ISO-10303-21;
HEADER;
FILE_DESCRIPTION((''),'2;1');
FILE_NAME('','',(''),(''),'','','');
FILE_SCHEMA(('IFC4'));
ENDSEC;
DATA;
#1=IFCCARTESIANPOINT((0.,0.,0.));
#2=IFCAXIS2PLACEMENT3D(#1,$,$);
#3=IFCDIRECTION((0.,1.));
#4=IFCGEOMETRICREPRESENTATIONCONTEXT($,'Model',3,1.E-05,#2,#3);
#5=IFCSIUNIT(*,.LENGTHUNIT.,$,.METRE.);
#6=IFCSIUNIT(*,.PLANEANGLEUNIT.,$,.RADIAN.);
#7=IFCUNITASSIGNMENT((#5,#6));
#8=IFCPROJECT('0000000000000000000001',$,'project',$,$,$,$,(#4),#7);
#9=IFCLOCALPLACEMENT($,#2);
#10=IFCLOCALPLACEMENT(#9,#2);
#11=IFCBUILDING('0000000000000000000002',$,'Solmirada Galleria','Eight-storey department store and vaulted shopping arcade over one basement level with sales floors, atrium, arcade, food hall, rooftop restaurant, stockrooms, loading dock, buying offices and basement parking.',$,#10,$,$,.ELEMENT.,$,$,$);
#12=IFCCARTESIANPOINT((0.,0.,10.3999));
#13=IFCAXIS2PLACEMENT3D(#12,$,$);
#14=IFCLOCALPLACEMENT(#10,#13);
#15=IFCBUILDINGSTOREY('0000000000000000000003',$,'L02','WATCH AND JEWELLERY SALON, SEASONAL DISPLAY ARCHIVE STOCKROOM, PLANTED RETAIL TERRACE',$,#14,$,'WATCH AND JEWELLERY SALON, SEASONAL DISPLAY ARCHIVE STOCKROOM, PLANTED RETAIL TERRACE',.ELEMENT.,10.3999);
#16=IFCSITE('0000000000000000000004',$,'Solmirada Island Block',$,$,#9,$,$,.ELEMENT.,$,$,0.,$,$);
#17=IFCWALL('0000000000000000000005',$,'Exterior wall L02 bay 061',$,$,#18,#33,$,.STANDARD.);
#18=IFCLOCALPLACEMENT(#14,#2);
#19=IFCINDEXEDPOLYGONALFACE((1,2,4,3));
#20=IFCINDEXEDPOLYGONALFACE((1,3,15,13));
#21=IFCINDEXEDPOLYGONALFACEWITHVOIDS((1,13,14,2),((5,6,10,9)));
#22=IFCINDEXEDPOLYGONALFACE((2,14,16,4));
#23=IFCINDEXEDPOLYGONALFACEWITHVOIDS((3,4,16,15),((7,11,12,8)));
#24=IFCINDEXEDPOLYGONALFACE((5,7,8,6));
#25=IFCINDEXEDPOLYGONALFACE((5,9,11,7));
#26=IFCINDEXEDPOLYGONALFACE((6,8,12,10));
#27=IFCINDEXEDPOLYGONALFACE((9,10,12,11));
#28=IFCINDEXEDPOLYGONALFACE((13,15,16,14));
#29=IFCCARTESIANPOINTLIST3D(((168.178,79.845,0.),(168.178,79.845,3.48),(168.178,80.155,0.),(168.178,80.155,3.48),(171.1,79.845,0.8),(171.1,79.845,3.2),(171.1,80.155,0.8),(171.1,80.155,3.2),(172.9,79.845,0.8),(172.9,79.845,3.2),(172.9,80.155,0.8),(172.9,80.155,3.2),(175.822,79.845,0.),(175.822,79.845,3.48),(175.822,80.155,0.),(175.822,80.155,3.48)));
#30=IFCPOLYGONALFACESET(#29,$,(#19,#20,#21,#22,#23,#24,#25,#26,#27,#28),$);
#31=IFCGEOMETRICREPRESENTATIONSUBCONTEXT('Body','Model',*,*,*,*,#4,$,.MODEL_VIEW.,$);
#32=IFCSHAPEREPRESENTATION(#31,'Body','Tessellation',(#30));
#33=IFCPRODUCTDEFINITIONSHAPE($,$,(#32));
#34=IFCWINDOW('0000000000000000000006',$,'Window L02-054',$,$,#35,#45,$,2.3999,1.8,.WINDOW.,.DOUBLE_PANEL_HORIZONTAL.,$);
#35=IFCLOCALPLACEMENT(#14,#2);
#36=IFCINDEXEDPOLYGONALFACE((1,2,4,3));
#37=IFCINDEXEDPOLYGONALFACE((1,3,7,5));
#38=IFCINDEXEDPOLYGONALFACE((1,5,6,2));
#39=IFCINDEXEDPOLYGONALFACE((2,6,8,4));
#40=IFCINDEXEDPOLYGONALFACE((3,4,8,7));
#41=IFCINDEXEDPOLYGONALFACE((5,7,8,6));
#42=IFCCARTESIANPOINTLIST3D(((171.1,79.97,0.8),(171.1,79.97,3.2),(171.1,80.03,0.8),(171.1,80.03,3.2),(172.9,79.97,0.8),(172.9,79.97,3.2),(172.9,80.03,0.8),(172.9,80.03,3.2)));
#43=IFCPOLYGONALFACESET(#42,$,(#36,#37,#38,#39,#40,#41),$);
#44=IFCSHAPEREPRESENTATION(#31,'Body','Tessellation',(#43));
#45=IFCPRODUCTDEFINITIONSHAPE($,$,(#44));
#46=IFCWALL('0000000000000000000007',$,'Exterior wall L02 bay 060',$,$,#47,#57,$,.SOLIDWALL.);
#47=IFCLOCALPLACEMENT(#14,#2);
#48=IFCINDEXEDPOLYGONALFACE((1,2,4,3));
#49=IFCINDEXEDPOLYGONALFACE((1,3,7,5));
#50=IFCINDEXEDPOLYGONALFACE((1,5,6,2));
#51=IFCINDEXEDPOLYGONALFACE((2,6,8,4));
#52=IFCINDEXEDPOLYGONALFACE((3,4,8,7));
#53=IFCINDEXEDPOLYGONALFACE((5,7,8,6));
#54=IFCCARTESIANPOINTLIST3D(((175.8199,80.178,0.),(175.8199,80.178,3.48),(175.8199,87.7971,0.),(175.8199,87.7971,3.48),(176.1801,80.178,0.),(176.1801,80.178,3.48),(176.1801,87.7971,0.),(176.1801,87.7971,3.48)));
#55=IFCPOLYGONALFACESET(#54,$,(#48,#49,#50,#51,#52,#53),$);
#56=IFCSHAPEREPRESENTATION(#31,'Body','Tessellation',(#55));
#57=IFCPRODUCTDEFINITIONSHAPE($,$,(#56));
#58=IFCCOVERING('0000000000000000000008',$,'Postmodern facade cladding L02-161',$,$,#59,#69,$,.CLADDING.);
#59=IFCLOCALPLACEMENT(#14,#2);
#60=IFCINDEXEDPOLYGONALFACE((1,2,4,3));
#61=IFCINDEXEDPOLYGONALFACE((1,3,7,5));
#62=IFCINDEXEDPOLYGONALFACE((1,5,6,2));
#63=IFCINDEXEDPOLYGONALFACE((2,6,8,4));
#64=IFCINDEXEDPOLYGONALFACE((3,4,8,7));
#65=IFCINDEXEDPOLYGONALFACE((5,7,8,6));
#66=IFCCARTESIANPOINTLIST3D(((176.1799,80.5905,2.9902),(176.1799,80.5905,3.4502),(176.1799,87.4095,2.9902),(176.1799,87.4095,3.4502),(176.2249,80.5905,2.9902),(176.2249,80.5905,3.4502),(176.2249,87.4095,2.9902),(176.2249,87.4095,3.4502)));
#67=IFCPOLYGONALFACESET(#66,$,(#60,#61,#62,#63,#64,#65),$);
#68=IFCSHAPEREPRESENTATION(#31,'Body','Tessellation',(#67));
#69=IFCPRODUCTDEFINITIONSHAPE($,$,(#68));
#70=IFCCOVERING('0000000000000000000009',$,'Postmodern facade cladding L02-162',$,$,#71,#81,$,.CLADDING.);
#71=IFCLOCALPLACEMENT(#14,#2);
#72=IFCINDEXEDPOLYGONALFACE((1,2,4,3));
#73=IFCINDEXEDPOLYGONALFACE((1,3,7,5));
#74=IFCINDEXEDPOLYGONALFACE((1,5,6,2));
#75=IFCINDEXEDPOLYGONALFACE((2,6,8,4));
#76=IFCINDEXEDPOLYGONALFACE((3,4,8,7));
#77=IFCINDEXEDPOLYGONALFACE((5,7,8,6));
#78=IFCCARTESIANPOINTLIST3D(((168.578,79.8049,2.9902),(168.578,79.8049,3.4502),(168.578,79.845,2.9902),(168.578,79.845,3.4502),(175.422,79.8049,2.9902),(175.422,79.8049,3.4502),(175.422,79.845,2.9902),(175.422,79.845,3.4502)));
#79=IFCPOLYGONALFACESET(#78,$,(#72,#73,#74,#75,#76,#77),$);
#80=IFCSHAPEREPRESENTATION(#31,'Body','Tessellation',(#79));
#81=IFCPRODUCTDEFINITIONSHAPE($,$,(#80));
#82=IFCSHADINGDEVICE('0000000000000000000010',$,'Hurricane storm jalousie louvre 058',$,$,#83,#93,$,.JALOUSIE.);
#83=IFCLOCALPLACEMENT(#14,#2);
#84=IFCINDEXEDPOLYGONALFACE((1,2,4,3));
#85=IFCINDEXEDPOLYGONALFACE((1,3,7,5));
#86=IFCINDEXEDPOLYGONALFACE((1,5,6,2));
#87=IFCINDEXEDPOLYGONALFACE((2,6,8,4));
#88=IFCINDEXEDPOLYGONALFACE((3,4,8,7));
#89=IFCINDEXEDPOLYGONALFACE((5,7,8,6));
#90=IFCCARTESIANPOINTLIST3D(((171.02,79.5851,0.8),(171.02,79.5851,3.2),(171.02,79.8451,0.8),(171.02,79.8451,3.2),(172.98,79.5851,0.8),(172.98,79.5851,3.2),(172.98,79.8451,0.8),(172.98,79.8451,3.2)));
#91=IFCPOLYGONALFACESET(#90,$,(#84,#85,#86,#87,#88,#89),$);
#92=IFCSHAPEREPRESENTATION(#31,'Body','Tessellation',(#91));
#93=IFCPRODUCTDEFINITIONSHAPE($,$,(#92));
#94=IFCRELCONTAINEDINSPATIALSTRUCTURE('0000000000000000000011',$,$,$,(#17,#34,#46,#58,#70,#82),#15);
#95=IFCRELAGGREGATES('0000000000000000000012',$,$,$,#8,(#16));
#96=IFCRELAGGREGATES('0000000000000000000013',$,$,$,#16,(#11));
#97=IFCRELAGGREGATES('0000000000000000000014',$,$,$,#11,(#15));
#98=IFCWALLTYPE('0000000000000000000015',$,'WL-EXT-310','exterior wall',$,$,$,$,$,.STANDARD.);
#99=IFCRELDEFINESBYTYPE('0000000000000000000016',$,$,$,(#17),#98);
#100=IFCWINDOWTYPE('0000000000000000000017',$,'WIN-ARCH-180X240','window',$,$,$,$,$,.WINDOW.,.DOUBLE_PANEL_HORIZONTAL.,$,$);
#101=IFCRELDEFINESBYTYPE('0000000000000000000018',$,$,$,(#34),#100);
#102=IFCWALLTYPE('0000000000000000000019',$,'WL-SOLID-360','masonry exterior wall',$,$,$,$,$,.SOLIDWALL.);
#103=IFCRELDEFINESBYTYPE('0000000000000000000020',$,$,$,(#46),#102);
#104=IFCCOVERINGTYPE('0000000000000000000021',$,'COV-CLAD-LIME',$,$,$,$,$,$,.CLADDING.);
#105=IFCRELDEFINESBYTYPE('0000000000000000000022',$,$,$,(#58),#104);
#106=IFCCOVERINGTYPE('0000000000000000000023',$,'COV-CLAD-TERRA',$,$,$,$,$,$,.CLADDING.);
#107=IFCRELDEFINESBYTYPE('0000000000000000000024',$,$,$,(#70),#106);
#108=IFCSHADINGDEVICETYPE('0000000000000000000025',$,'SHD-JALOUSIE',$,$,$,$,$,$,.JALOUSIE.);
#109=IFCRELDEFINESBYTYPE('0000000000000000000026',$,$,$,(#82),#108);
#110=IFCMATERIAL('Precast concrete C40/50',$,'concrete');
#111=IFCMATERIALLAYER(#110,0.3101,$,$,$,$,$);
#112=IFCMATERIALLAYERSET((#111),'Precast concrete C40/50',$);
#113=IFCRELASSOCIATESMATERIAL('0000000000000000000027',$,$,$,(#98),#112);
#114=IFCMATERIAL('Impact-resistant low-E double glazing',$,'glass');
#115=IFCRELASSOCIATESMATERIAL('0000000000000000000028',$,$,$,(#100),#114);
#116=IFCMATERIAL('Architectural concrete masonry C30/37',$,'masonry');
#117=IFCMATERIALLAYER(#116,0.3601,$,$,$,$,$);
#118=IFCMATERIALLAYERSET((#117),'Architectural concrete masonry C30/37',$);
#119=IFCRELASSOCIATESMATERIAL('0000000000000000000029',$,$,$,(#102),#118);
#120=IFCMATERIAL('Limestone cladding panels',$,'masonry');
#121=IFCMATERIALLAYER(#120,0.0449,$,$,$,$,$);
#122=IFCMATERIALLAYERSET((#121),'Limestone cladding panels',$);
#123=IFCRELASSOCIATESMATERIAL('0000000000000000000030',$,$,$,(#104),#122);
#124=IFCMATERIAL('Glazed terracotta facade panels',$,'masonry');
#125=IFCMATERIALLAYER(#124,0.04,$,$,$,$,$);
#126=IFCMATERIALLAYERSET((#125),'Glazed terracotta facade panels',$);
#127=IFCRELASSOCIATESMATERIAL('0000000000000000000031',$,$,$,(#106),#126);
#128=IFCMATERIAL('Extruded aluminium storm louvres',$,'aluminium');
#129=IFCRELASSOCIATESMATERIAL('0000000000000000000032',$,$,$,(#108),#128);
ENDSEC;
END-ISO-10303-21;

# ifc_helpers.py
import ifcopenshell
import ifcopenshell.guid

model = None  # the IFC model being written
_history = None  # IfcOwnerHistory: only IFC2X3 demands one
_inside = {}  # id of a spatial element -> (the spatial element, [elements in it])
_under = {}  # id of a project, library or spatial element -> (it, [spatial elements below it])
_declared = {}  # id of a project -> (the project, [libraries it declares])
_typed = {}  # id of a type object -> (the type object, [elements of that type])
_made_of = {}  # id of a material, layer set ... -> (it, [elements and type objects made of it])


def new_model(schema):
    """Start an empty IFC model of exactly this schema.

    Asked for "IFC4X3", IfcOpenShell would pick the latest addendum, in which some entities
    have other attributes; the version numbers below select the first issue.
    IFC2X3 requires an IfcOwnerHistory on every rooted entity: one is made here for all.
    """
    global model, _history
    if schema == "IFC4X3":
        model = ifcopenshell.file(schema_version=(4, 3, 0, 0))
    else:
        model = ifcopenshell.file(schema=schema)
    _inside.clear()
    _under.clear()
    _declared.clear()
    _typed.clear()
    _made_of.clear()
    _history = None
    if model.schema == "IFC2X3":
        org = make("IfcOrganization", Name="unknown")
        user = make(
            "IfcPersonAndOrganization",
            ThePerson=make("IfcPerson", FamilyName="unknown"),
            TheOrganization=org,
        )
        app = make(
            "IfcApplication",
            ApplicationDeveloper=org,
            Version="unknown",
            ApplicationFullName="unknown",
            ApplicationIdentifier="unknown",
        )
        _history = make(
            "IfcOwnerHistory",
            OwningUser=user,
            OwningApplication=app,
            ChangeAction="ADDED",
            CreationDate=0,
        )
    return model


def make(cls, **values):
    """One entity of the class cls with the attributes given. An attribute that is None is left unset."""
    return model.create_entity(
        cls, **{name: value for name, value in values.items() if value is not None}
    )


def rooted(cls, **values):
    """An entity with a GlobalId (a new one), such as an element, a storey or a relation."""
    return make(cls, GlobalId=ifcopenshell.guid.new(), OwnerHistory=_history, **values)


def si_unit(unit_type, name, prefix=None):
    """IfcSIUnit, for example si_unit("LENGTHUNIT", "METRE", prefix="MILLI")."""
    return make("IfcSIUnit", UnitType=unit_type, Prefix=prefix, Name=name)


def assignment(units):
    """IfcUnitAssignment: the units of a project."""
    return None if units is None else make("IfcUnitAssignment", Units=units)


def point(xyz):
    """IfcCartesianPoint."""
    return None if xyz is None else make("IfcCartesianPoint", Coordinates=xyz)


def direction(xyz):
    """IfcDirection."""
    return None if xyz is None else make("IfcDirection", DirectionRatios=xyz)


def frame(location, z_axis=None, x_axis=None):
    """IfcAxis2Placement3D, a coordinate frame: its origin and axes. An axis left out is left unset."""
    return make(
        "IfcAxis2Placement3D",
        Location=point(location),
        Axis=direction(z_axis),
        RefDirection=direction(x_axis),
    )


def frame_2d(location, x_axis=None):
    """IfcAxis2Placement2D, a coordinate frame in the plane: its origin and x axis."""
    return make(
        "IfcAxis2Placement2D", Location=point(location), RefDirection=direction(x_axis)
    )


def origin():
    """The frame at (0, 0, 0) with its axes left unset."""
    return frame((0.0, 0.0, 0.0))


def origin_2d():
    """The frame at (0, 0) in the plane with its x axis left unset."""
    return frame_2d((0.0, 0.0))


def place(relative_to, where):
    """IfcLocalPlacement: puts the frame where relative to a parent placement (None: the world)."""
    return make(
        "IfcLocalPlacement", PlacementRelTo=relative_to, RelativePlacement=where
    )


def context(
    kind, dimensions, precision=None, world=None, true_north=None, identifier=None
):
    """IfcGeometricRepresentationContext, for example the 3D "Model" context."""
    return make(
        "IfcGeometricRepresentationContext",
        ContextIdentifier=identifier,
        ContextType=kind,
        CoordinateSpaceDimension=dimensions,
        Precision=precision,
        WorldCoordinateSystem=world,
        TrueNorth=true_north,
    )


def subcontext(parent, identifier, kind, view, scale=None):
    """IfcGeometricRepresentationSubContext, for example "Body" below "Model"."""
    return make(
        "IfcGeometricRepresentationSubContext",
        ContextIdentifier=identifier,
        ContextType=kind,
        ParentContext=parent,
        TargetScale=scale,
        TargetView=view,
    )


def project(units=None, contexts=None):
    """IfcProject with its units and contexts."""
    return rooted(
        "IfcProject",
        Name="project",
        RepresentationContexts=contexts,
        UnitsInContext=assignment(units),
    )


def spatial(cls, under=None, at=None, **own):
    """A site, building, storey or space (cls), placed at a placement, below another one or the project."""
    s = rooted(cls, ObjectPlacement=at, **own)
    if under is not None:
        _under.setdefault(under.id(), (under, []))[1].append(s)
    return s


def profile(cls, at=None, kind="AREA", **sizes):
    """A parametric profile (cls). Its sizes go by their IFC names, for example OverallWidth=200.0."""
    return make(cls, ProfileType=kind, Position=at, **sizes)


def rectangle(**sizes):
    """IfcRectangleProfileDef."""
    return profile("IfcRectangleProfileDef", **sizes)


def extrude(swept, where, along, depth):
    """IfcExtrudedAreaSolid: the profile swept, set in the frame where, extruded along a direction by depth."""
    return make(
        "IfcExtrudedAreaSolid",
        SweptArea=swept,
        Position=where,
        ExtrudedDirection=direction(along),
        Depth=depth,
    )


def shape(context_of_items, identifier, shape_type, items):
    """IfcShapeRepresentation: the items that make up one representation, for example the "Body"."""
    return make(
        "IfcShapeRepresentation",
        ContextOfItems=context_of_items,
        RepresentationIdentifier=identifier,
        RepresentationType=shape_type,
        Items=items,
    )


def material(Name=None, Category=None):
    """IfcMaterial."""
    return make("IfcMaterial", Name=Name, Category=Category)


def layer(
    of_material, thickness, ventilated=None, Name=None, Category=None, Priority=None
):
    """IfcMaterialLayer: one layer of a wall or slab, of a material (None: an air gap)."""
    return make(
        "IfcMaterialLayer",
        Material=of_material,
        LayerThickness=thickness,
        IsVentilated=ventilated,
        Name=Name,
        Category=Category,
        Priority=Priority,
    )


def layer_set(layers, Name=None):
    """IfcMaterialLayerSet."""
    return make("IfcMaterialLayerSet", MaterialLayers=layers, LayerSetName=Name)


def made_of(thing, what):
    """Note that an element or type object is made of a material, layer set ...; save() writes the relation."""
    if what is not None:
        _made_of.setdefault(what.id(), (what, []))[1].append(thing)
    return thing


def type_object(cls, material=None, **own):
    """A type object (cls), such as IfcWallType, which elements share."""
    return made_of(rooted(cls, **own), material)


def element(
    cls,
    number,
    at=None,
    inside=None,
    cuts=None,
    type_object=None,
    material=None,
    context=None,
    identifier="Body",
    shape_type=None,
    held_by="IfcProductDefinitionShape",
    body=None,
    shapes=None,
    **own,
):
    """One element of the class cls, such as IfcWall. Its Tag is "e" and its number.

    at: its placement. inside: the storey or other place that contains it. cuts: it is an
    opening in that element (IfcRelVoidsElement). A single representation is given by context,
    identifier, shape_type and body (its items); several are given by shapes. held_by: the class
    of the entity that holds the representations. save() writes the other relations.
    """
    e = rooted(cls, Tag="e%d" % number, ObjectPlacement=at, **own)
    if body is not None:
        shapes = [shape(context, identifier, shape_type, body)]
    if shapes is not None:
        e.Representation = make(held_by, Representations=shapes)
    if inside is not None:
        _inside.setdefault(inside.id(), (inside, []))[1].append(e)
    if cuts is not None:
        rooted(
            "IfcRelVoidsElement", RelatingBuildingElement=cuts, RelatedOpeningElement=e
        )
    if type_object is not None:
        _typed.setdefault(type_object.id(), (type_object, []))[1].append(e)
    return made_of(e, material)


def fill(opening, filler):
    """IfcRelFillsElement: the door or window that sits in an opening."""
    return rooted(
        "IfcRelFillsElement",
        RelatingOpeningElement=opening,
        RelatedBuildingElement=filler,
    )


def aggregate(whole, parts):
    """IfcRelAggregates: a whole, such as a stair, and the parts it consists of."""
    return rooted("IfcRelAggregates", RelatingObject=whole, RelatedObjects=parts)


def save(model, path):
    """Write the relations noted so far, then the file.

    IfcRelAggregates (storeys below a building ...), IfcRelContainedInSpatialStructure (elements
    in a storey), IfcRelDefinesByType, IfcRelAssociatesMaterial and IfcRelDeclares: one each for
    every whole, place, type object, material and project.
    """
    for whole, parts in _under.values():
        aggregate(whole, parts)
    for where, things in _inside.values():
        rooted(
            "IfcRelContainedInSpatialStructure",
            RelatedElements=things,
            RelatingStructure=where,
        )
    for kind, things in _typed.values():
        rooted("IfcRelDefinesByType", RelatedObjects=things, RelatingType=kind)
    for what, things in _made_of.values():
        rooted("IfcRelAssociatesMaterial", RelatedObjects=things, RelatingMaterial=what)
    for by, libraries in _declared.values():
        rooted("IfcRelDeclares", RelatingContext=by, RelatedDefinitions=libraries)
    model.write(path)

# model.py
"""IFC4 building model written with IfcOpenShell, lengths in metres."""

from ifc_helpers import new_model, si_unit, direction, frame, frame_2d, origin, origin_2d, place, context, subcontext, project, spatial, rectangle, extrude, material, layer, layer_set, type_object, element, fill, save


model = new_model("IFC4")

# Units and contexts
model_context = context("Model", 3, precision=1e-05, world=origin(), true_north=direction((0.0, 1.0)))
body_context = subcontext(model_context, "Body", "Model", "MODEL_VIEW")
ifc_project = project(units=[si_unit("LENGTHUNIT", "METRE"), si_unit("PLANEANGLEUNIT", "RADIAN")], contexts=[model_context])

# Site, building, storey
site_placement = place(None, origin())
site = spatial("IfcSite", under=ifc_project, at=site_placement, Name="Solmirada Island Block", CompositionType="ELEMENT", RefElevation=0.0)
building_placement = place(site_placement, origin())
building = spatial("IfcBuilding", under=site, at=building_placement, Name="Solmirada Galleria", Description="Eight-storey department store and vaulted shopping arcade over one basement level with sales floors, atrium, arcade, food hall, rooftop restaurant, stockrooms, loading dock, buying offices and basement parking.", CompositionType="ELEMENT")
storey_placement = place(building_placement, frame((0.0, 0.0, 10.3999)))
storey = spatial("IfcBuildingStorey", under=building, at=storey_placement, Name="L02", Description="WATCH AND JEWELLERY SALON, SEASONAL DISPLAY ARCHIVE STOCKROOM, PLANTED RETAIL TERRACE", LongName="WATCH AND JEWELLERY SALON, SEASONAL DISPLAY ARCHIVE STOCKROOM, PLANTED RETAIL TERRACE", CompositionType="ELEMENT", Elevation=10.3999)

# Wall, opening, window
ifc_material_1 = material(Name="Precast concrete C40/50", Category="concrete")
ifc_layer_1 = layer(ifc_material_1, 0.3101)
ifc_layer_set_1 = layer_set([ifc_layer_1], Name="Precast concrete C40/50")
wall_type_1 = type_object("IfcWallType", Name="WL-EXT-310", Description="exterior wall", PredefinedType="STANDARD", material=ifc_layer_set_1)
wall_1_placement = place(storey_placement, frame((175.822, 80.0, 0.0), z_axis=(0.0, 0.0, 1.0), x_axis=(-1.0, 0.0, 0.0)))
wall_1 = element("IfcWall", 1, at=wall_1_placement, inside=storey, type_object=wall_type_1, Name="Exterior wall L02 bay 061", PredefinedType="STANDARD", context=body_context, shape_type="SweptSolid", body=[
    extrude(rectangle(XDim=7.644, YDim=0.3101, at=frame_2d((3.822, 0.0))), origin(), (0.0, 0.0, 1.0), 3.48),
])
opening_placement = place(wall_1_placement, frame((2.9221, 0.0, 0.8)))
opening = element("IfcOpeningElement", 2, at=opening_placement, cuts=wall_1, PredefinedType="OPENING", context=body_context, shape_type="SweptSolid", body=[
    extrude(rectangle(XDim=1.8, YDim=2.3999, at=frame_2d((0.8999, 1.2))), frame((0.0, 0.165, 0.0), z_axis=(0.0, -1.0, 0.0), x_axis=(1.0, 0.0, 0.0)), (0.0, 0.0, 1.0), 0.3301),
])
ifc_material_2 = material(Name="Impact-resistant low-E double glazing", Category="glass")
window_type = type_object("IfcWindowType", Name="WIN-ARCH-180X240", Description="window", PartitioningType="DOUBLE_PANEL_HORIZONTAL", PredefinedType="WINDOW", material=ifc_material_2)
window_placement = place(opening_placement, origin())
window = element("IfcWindow", 3, at=window_placement, inside=storey, type_object=window_type, Name="Window L02-054", OverallHeight=2.3999, OverallWidth=1.8, PartitioningType="DOUBLE_PANEL_HORIZONTAL", PredefinedType="WINDOW", context=body_context, shape_type="SweptSolid", body=[
    extrude(rectangle(XDim=1.8, YDim=2.3999, at=frame_2d((0.8999, 1.2))), frame((0.0, 0.03, 0.0), z_axis=(0.0, -1.0, 0.0), x_axis=(1.0, 0.0, 0.0)), (0.0, 0.0, 1.0), 0.0601),
])
fill(opening, window)

# Wall
ifc_material_3 = material(Name="Architectural concrete masonry C30/37", Category="masonry")
ifc_layer_2 = layer(ifc_material_3, 0.3601)
ifc_layer_set_2 = layer_set([ifc_layer_2], Name="Architectural concrete masonry C30/37")
wall_type_2 = type_object("IfcWallType", Name="WL-SOLID-360", Description="masonry exterior wall", PredefinedType="SOLIDWALL", material=ifc_layer_set_2)
wall_2_placement = place(storey_placement, frame((176.0, 87.7971, 0.0), z_axis=(0.0, 0.0, 1.0), x_axis=(0.0, -1.0, 0.0)))
element("IfcWall", 4, at=wall_2_placement, inside=storey, type_object=wall_type_2, Name="Exterior wall L02 bay 060", PredefinedType="SOLIDWALL", context=body_context, shape_type="SweptSolid", body=[
    extrude(rectangle(XDim=7.6191, YDim=0.3601, at=frame_2d((3.8096, 0.0))), origin(), (0.0, 0.0, 1.0), 3.48),
])

# Coverings
ifc_material_4 = material(Name="Limestone cladding panels", Category="masonry")
ifc_layer_3 = layer(ifc_material_4, 0.0449)
ifc_layer_set_3 = layer_set([ifc_layer_3], Name="Limestone cladding panels")
covering_type_1 = type_object("IfcCoveringType", Name="COV-CLAD-LIME", PredefinedType="CLADDING", material=ifc_layer_set_3)
covering_1_placement = place(storey_placement, frame((176.2024, 84.0, 2.9902), z_axis=(0.0, 0.0, 1.0), x_axis=(0.0, -1.0, 0.0)))
element("IfcCovering", 5, at=covering_1_placement, inside=storey, type_object=covering_type_1, Name="Postmodern facade cladding L02-161", PredefinedType="CLADDING", context=body_context, shape_type="SweptSolid", body=[
    extrude(rectangle(XDim=6.8191, YDim=0.0449, at=origin_2d()), origin(), (0.0, 0.0, 1.0), 0.46),
])
ifc_material_5 = material(Name="Glazed terracotta facade panels", Category="masonry")
ifc_layer_4 = layer(ifc_material_5, 0.04)
ifc_layer_set_4 = layer_set([ifc_layer_4], Name="Glazed terracotta facade panels")
covering_type_2 = type_object("IfcCoveringType", Name="COV-CLAD-TERRA", PredefinedType="CLADDING", material=ifc_layer_set_4)
covering_2_placement = place(storey_placement, frame((172.0, 79.825, 2.9902), z_axis=(0.0, 0.0, 1.0), x_axis=(-1.0, 0.0, 0.0)))
element("IfcCovering", 6, at=covering_2_placement, inside=storey, type_object=covering_type_2, Name="Postmodern facade cladding L02-162", PredefinedType="CLADDING", context=body_context, shape_type="SweptSolid", body=[
    extrude(rectangle(XDim=6.844, YDim=0.04, at=origin_2d()), origin(), (0.0, 0.0, 1.0), 0.46),
])

# Shading device
ifc_material_6 = material(Name="Extruded aluminium storm louvres", Category="aluminium")
shading_device_type = type_object("IfcShadingDeviceType", Name="SHD-JALOUSIE", PredefinedType="JALOUSIE", material=ifc_material_6)
shading_device_placement = place(storey_placement, frame((172.0, 79.7151, 0.8), z_axis=(0.0, 0.0, 1.0), x_axis=(-1.0, 0.0, 0.0)))
element("IfcShadingDevice", 7, at=shading_device_placement, inside=storey, type_object=shading_device_type, Name="Hurricane storm jalousie louvre 058", PredefinedType="JALOUSIE", context=body_context, shape_type="SweptSolid", body=[
    extrude(rectangle(XDim=1.96, YDim=0.26, at=origin_2d()), origin(), (0.0, 0.0, 1.0), 2.3999),
])

save(model, "model.ifc")
